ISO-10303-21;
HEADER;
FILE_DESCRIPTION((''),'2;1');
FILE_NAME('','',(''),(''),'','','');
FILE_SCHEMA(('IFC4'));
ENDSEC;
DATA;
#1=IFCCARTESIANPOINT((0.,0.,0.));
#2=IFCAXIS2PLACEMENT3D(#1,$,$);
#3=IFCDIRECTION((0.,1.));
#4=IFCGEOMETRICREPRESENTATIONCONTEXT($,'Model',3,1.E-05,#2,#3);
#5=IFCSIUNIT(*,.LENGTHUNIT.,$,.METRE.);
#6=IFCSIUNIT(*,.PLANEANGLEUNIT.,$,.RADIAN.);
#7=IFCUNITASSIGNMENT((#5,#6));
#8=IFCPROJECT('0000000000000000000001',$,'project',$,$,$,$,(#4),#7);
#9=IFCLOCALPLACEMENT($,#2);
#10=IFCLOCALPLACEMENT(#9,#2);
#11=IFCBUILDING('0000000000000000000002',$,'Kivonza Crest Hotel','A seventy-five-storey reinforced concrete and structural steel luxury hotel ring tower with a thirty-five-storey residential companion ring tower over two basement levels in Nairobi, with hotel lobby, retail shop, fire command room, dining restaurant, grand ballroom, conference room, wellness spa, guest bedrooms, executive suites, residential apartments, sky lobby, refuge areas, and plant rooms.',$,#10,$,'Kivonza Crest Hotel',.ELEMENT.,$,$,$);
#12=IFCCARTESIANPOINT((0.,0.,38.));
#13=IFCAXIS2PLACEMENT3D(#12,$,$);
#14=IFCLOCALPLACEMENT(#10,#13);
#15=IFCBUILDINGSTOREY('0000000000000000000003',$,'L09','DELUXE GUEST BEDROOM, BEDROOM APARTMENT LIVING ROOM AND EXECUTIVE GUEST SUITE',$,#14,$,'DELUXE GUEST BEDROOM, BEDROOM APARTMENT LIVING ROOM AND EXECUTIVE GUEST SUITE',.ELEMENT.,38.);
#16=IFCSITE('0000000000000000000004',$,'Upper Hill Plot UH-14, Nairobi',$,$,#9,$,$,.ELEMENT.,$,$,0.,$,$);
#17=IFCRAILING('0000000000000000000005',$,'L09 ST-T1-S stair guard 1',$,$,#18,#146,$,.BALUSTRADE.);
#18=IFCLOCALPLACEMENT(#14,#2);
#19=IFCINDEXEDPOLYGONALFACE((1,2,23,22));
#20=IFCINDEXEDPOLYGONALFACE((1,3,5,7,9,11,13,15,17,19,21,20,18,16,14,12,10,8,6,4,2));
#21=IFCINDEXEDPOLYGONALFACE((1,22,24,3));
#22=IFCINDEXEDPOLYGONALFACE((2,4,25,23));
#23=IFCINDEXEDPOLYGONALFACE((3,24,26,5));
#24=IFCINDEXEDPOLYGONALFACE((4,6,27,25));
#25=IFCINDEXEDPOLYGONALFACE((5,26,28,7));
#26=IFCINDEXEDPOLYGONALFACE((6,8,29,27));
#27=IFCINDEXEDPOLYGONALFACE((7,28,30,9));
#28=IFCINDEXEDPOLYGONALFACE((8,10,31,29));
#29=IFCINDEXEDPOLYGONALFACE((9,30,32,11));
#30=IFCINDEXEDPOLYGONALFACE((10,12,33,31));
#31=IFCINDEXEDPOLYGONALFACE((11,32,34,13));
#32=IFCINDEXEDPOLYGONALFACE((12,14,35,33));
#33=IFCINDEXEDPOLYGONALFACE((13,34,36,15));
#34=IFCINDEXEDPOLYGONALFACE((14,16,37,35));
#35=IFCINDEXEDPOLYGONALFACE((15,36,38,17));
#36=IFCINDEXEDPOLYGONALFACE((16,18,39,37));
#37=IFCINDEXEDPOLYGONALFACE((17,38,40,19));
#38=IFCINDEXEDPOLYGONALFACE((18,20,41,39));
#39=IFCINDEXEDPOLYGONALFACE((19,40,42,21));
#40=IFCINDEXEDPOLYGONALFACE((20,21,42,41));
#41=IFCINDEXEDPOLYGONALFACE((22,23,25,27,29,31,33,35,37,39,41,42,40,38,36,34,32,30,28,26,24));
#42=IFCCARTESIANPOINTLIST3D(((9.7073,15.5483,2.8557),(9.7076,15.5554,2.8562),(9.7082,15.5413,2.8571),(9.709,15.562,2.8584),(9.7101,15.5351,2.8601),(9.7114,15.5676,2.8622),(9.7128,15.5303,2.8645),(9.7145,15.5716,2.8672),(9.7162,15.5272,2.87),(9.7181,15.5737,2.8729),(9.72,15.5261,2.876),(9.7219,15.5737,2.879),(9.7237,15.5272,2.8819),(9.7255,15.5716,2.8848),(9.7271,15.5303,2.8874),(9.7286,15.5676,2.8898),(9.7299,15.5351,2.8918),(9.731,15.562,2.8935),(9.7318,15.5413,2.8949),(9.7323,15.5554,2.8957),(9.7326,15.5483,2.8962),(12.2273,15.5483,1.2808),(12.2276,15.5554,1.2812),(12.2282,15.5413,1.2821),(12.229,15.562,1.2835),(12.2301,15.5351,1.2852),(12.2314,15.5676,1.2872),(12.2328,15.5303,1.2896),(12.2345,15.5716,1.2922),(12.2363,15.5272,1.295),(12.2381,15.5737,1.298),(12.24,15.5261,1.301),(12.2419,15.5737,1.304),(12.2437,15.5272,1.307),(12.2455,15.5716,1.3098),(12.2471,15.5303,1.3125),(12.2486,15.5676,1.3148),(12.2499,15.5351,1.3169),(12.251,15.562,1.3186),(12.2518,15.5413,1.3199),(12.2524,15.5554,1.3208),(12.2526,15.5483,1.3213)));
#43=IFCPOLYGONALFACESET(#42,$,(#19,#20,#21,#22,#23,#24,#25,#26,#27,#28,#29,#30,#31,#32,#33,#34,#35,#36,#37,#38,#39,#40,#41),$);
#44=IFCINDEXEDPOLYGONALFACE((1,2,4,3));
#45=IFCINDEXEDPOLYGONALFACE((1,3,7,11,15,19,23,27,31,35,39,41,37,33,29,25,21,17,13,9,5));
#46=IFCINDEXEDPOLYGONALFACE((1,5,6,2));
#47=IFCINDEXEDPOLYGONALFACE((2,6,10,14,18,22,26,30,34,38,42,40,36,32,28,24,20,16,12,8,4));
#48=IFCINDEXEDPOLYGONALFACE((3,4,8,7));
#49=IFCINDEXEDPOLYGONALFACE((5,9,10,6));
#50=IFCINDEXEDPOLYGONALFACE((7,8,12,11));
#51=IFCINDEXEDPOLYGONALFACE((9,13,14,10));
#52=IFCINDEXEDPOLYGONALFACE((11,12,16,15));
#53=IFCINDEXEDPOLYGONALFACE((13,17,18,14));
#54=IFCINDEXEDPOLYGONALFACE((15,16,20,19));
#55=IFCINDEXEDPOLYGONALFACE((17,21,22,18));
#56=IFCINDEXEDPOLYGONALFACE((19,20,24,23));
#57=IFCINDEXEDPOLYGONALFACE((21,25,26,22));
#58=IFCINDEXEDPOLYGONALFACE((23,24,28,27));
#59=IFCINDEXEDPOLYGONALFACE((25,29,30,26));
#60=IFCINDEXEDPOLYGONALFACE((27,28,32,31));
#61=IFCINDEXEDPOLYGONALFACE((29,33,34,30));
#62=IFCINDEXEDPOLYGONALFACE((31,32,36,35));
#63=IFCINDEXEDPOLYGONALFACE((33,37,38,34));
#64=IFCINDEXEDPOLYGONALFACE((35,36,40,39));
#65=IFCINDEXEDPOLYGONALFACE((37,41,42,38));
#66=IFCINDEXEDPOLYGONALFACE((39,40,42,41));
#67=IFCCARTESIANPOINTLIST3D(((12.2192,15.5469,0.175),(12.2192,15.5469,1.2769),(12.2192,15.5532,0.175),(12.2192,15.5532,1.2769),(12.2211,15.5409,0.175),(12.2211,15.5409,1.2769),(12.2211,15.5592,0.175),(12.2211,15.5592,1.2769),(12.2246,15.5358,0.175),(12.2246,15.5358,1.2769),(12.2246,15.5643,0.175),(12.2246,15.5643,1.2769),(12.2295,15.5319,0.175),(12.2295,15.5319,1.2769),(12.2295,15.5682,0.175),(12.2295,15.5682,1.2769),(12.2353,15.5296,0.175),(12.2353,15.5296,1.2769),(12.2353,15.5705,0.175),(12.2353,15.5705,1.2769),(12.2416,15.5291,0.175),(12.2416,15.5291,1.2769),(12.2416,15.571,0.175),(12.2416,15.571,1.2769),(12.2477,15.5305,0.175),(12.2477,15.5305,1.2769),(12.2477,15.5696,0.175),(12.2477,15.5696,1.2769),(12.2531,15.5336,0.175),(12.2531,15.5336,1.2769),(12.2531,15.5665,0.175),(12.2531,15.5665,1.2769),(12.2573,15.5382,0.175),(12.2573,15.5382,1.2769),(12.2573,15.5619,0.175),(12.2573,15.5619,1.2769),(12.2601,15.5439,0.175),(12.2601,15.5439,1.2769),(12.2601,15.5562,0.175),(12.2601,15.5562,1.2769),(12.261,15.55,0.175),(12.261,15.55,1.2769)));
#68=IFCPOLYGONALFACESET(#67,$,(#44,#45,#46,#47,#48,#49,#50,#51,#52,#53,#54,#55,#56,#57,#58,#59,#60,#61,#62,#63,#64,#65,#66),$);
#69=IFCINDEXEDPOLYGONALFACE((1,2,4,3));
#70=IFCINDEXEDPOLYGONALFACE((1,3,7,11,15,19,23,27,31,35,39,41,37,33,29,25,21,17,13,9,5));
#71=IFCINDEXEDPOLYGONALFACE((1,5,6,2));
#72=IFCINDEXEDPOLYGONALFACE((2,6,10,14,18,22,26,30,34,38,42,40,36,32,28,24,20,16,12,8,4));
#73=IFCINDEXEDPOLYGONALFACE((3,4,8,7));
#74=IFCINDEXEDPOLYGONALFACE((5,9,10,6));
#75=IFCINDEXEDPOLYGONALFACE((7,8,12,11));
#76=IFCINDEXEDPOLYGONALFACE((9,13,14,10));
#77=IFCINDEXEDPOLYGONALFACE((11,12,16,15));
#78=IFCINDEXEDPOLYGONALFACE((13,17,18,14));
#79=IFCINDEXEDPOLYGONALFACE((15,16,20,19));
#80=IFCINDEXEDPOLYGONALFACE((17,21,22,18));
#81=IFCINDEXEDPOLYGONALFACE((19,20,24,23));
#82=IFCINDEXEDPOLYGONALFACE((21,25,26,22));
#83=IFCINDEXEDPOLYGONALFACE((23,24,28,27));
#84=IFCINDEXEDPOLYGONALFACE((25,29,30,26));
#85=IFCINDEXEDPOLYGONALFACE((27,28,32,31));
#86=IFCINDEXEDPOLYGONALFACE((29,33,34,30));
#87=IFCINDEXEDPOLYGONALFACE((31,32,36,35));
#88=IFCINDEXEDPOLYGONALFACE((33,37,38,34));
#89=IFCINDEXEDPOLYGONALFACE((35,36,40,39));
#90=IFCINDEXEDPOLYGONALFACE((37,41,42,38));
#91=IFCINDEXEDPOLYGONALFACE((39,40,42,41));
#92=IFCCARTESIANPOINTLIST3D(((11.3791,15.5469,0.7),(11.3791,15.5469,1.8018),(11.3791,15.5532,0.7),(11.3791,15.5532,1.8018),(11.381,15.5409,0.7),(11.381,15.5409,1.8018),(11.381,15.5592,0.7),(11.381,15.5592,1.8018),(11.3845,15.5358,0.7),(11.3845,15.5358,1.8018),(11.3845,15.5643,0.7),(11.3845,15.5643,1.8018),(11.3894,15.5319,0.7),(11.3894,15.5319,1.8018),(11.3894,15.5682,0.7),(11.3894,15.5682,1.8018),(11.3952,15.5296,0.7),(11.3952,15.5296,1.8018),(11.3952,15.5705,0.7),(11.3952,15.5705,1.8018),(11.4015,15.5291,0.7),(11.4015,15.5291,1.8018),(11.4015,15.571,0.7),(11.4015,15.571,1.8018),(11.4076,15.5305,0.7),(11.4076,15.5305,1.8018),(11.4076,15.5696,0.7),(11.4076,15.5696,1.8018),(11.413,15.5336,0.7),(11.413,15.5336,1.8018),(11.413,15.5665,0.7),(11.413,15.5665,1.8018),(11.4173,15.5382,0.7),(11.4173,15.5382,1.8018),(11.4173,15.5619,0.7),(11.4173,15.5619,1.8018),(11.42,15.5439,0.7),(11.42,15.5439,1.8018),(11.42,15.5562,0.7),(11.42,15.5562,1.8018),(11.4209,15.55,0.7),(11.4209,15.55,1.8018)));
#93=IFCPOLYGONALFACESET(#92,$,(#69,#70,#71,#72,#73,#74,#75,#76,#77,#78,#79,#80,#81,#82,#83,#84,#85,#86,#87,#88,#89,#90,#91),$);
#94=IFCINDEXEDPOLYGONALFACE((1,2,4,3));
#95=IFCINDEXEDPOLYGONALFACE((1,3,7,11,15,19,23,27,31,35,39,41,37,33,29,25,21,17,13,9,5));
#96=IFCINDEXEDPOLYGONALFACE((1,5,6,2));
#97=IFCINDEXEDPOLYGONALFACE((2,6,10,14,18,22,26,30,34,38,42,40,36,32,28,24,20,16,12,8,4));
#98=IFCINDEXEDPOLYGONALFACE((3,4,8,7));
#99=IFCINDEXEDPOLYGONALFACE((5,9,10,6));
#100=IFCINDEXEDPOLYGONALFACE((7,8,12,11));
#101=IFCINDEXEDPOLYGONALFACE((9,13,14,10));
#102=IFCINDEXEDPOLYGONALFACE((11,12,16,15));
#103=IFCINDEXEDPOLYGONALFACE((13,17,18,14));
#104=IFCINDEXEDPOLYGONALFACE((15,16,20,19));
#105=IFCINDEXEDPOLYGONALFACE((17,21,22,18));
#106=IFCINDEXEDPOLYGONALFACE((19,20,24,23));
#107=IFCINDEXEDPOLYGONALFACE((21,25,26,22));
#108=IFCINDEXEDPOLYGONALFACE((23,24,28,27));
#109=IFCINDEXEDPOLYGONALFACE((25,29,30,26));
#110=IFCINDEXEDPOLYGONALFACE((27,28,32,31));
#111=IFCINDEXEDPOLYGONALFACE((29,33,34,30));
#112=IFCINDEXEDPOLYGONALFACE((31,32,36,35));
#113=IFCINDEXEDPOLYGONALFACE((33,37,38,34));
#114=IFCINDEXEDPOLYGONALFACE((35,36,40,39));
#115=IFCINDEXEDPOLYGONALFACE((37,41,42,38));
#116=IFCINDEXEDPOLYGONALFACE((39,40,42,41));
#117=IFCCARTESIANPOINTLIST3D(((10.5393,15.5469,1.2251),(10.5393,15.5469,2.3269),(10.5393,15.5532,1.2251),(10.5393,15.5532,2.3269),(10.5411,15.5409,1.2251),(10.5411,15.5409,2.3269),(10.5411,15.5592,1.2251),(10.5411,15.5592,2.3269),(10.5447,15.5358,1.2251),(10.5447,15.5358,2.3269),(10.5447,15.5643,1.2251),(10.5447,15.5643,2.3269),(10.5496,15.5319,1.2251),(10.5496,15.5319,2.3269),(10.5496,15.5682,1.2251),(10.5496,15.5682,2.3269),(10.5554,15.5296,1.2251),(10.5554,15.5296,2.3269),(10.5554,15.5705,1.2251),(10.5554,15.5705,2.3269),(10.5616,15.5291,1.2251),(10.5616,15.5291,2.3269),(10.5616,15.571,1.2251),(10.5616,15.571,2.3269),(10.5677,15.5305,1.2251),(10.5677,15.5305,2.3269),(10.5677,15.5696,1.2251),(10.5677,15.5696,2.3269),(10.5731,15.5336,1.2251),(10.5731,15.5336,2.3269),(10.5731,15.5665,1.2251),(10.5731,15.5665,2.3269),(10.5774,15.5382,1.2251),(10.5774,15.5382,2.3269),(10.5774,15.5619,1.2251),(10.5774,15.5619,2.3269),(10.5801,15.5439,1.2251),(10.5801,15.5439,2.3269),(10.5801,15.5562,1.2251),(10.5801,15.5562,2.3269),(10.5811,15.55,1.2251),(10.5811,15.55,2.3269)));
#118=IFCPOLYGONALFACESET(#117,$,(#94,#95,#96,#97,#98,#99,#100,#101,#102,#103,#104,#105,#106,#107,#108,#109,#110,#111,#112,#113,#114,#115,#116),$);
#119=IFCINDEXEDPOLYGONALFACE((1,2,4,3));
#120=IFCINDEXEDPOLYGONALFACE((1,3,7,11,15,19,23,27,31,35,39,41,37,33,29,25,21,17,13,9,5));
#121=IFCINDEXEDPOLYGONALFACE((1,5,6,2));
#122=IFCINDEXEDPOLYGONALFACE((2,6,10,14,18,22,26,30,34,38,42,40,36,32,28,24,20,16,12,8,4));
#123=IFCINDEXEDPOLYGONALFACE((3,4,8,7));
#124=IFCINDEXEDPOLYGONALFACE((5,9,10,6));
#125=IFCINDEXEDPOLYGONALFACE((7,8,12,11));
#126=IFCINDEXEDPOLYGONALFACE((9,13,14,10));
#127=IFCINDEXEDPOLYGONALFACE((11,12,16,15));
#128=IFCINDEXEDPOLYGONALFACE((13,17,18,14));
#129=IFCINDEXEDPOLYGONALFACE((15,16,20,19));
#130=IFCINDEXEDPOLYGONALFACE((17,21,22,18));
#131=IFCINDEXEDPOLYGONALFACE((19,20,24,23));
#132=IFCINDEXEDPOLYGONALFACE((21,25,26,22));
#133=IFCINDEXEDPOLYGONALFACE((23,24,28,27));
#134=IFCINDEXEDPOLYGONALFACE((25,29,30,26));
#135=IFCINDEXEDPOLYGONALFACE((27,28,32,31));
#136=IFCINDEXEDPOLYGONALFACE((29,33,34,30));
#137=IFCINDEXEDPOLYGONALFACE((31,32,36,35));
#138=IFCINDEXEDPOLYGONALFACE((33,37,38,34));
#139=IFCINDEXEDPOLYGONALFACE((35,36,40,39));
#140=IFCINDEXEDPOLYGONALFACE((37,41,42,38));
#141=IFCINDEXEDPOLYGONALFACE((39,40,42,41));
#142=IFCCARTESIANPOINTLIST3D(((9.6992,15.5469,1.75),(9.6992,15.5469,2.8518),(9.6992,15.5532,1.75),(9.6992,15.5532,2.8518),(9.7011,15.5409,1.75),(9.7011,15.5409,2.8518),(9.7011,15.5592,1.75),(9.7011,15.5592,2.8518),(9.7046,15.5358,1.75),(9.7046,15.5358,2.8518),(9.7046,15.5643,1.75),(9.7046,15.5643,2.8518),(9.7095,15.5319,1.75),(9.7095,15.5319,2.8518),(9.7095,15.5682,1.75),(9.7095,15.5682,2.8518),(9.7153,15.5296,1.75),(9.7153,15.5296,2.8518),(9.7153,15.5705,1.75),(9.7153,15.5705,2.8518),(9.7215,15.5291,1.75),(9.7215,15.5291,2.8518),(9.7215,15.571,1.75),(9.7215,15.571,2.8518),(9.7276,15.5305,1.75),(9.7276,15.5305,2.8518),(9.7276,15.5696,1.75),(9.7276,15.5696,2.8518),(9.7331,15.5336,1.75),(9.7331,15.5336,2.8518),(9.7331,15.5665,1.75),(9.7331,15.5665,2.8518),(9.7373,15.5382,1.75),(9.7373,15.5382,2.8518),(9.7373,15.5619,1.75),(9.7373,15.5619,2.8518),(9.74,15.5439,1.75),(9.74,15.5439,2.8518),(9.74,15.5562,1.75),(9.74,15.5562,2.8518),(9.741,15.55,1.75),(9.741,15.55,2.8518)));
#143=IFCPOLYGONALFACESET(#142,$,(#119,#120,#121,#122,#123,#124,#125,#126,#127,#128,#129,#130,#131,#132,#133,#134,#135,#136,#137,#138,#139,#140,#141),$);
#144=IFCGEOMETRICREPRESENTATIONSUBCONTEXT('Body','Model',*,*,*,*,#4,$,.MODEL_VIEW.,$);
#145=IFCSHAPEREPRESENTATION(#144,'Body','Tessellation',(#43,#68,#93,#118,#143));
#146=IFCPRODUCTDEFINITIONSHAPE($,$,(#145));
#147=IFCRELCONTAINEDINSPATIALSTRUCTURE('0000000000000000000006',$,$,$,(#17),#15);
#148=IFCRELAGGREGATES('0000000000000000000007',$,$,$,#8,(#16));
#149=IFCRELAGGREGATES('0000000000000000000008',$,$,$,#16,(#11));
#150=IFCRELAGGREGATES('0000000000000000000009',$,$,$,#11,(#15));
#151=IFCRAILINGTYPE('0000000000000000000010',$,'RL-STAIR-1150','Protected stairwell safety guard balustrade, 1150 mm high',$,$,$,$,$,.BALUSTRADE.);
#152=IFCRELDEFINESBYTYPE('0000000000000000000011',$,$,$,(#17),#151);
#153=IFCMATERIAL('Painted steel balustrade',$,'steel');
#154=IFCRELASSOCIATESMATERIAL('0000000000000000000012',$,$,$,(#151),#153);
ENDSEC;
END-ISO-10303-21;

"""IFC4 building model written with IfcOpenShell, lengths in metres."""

from ifc_helpers import new_model, si_unit, direction, frame, origin, origin_2d, place, context, subcontext, project, spatial, circle, extrude, material, type_object, element, save


model = new_model("IFC4")

# Units and contexts
model_context = context("Model", 3, precision=1e-05, world=origin(), true_north=direction((0.0, 1.0)))
body_context = subcontext(model_context, "Body", "Model", "MODEL_VIEW")
ifc_project = project(units=[si_unit("LENGTHUNIT", "METRE"), si_unit("PLANEANGLEUNIT", "RADIAN")], contexts=[model_context])

# Site, building, storey
site_placement = place(None, origin())
site = spatial("IfcSite", under=ifc_project, at=site_placement, Name="Upper Hill Plot UH-14, Nairobi", CompositionType="ELEMENT", RefElevation=0.0)
building_placement = place(site_placement, origin())
building = spatial("IfcBuilding", under=site, at=building_placement, Name="Kivonza Crest Hotel", Description="A seventy-five-storey reinforced concrete and structural steel luxury hotel ring tower with a thirty-five-storey residential companion ring tower over two basement levels in Nairobi, with hotel lobby, retail shop, fire command room, dining restaurant, grand ballroom, conference room, wellness spa, guest bedrooms, executive suites, residential apartments, sky lobby, refuge areas, and plant rooms.", LongName="Kivonza Crest Hotel", CompositionType="ELEMENT")
storey_placement = place(building_placement, frame((0.0, 0.0, 38.0)))
storey = spatial("IfcBuildingStorey", under=building, at=storey_placement, Name="L09", Description="DELUXE GUEST BEDROOM, BEDROOM APARTMENT LIVING ROOM AND EXECUTIVE GUEST SUITE", LongName="DELUXE GUEST BEDROOM, BEDROOM APARTMENT LIVING ROOM AND EXECUTIVE GUEST SUITE", CompositionType="ELEMENT", Elevation=38.0)

# Railing
ifc_material_1 = material(Name="Painted steel balustrade", Category="steel")
railing_type_1 = type_object("IfcRailingType", Name="RL-STAIR-1150", Description="Protected stairwell safety guard balustrade, 1150 mm high", PredefinedType="BALUSTRADE", material=ifc_material_1)
railing_1_placement = place(storey_placement, frame((12.24, 15.55, 0.175)))
element("IfcRailing", 1, at=railing_1_placement, inside=storey, type_object=railing_type_1, Name="L09 ST-T1-S stair guard 1", PredefinedType="BALUSTRADE", context=body_context, shape_type="SweptSolid", body=[
    extrude(circle(Radius=0.0239, at=origin_2d()), frame((0.0, 0.0, 1.126), z_axis=(-0.848008, 0.0, 0.529984), x_axis=(0.0, -1.0, 0.0)), (0.0, 0.0, 1.0), 2.9717),
    extrude(circle(Radius=0.021, at=origin_2d()), origin(), (0.0, 0.0, 1.0), 1.1018),
    extrude(circle(Radius=0.021, at=origin_2d()), frame((-0.8401, 0.0, 0.5249)), (0.0, 0.0, 1.0), 1.1018),
    extrude(circle(Radius=0.021, at=origin_2d()), frame((-1.6799, 0.0, 1.05)), (0.0, 0.0, 1.0), 1.1018),
    extrude(circle(Radius=0.021, at=origin_2d()), frame((-2.52, 0.0, 1.575)), (0.0, 0.0, 1.0), 1.1018),
])

save(model, "model.ifc")
